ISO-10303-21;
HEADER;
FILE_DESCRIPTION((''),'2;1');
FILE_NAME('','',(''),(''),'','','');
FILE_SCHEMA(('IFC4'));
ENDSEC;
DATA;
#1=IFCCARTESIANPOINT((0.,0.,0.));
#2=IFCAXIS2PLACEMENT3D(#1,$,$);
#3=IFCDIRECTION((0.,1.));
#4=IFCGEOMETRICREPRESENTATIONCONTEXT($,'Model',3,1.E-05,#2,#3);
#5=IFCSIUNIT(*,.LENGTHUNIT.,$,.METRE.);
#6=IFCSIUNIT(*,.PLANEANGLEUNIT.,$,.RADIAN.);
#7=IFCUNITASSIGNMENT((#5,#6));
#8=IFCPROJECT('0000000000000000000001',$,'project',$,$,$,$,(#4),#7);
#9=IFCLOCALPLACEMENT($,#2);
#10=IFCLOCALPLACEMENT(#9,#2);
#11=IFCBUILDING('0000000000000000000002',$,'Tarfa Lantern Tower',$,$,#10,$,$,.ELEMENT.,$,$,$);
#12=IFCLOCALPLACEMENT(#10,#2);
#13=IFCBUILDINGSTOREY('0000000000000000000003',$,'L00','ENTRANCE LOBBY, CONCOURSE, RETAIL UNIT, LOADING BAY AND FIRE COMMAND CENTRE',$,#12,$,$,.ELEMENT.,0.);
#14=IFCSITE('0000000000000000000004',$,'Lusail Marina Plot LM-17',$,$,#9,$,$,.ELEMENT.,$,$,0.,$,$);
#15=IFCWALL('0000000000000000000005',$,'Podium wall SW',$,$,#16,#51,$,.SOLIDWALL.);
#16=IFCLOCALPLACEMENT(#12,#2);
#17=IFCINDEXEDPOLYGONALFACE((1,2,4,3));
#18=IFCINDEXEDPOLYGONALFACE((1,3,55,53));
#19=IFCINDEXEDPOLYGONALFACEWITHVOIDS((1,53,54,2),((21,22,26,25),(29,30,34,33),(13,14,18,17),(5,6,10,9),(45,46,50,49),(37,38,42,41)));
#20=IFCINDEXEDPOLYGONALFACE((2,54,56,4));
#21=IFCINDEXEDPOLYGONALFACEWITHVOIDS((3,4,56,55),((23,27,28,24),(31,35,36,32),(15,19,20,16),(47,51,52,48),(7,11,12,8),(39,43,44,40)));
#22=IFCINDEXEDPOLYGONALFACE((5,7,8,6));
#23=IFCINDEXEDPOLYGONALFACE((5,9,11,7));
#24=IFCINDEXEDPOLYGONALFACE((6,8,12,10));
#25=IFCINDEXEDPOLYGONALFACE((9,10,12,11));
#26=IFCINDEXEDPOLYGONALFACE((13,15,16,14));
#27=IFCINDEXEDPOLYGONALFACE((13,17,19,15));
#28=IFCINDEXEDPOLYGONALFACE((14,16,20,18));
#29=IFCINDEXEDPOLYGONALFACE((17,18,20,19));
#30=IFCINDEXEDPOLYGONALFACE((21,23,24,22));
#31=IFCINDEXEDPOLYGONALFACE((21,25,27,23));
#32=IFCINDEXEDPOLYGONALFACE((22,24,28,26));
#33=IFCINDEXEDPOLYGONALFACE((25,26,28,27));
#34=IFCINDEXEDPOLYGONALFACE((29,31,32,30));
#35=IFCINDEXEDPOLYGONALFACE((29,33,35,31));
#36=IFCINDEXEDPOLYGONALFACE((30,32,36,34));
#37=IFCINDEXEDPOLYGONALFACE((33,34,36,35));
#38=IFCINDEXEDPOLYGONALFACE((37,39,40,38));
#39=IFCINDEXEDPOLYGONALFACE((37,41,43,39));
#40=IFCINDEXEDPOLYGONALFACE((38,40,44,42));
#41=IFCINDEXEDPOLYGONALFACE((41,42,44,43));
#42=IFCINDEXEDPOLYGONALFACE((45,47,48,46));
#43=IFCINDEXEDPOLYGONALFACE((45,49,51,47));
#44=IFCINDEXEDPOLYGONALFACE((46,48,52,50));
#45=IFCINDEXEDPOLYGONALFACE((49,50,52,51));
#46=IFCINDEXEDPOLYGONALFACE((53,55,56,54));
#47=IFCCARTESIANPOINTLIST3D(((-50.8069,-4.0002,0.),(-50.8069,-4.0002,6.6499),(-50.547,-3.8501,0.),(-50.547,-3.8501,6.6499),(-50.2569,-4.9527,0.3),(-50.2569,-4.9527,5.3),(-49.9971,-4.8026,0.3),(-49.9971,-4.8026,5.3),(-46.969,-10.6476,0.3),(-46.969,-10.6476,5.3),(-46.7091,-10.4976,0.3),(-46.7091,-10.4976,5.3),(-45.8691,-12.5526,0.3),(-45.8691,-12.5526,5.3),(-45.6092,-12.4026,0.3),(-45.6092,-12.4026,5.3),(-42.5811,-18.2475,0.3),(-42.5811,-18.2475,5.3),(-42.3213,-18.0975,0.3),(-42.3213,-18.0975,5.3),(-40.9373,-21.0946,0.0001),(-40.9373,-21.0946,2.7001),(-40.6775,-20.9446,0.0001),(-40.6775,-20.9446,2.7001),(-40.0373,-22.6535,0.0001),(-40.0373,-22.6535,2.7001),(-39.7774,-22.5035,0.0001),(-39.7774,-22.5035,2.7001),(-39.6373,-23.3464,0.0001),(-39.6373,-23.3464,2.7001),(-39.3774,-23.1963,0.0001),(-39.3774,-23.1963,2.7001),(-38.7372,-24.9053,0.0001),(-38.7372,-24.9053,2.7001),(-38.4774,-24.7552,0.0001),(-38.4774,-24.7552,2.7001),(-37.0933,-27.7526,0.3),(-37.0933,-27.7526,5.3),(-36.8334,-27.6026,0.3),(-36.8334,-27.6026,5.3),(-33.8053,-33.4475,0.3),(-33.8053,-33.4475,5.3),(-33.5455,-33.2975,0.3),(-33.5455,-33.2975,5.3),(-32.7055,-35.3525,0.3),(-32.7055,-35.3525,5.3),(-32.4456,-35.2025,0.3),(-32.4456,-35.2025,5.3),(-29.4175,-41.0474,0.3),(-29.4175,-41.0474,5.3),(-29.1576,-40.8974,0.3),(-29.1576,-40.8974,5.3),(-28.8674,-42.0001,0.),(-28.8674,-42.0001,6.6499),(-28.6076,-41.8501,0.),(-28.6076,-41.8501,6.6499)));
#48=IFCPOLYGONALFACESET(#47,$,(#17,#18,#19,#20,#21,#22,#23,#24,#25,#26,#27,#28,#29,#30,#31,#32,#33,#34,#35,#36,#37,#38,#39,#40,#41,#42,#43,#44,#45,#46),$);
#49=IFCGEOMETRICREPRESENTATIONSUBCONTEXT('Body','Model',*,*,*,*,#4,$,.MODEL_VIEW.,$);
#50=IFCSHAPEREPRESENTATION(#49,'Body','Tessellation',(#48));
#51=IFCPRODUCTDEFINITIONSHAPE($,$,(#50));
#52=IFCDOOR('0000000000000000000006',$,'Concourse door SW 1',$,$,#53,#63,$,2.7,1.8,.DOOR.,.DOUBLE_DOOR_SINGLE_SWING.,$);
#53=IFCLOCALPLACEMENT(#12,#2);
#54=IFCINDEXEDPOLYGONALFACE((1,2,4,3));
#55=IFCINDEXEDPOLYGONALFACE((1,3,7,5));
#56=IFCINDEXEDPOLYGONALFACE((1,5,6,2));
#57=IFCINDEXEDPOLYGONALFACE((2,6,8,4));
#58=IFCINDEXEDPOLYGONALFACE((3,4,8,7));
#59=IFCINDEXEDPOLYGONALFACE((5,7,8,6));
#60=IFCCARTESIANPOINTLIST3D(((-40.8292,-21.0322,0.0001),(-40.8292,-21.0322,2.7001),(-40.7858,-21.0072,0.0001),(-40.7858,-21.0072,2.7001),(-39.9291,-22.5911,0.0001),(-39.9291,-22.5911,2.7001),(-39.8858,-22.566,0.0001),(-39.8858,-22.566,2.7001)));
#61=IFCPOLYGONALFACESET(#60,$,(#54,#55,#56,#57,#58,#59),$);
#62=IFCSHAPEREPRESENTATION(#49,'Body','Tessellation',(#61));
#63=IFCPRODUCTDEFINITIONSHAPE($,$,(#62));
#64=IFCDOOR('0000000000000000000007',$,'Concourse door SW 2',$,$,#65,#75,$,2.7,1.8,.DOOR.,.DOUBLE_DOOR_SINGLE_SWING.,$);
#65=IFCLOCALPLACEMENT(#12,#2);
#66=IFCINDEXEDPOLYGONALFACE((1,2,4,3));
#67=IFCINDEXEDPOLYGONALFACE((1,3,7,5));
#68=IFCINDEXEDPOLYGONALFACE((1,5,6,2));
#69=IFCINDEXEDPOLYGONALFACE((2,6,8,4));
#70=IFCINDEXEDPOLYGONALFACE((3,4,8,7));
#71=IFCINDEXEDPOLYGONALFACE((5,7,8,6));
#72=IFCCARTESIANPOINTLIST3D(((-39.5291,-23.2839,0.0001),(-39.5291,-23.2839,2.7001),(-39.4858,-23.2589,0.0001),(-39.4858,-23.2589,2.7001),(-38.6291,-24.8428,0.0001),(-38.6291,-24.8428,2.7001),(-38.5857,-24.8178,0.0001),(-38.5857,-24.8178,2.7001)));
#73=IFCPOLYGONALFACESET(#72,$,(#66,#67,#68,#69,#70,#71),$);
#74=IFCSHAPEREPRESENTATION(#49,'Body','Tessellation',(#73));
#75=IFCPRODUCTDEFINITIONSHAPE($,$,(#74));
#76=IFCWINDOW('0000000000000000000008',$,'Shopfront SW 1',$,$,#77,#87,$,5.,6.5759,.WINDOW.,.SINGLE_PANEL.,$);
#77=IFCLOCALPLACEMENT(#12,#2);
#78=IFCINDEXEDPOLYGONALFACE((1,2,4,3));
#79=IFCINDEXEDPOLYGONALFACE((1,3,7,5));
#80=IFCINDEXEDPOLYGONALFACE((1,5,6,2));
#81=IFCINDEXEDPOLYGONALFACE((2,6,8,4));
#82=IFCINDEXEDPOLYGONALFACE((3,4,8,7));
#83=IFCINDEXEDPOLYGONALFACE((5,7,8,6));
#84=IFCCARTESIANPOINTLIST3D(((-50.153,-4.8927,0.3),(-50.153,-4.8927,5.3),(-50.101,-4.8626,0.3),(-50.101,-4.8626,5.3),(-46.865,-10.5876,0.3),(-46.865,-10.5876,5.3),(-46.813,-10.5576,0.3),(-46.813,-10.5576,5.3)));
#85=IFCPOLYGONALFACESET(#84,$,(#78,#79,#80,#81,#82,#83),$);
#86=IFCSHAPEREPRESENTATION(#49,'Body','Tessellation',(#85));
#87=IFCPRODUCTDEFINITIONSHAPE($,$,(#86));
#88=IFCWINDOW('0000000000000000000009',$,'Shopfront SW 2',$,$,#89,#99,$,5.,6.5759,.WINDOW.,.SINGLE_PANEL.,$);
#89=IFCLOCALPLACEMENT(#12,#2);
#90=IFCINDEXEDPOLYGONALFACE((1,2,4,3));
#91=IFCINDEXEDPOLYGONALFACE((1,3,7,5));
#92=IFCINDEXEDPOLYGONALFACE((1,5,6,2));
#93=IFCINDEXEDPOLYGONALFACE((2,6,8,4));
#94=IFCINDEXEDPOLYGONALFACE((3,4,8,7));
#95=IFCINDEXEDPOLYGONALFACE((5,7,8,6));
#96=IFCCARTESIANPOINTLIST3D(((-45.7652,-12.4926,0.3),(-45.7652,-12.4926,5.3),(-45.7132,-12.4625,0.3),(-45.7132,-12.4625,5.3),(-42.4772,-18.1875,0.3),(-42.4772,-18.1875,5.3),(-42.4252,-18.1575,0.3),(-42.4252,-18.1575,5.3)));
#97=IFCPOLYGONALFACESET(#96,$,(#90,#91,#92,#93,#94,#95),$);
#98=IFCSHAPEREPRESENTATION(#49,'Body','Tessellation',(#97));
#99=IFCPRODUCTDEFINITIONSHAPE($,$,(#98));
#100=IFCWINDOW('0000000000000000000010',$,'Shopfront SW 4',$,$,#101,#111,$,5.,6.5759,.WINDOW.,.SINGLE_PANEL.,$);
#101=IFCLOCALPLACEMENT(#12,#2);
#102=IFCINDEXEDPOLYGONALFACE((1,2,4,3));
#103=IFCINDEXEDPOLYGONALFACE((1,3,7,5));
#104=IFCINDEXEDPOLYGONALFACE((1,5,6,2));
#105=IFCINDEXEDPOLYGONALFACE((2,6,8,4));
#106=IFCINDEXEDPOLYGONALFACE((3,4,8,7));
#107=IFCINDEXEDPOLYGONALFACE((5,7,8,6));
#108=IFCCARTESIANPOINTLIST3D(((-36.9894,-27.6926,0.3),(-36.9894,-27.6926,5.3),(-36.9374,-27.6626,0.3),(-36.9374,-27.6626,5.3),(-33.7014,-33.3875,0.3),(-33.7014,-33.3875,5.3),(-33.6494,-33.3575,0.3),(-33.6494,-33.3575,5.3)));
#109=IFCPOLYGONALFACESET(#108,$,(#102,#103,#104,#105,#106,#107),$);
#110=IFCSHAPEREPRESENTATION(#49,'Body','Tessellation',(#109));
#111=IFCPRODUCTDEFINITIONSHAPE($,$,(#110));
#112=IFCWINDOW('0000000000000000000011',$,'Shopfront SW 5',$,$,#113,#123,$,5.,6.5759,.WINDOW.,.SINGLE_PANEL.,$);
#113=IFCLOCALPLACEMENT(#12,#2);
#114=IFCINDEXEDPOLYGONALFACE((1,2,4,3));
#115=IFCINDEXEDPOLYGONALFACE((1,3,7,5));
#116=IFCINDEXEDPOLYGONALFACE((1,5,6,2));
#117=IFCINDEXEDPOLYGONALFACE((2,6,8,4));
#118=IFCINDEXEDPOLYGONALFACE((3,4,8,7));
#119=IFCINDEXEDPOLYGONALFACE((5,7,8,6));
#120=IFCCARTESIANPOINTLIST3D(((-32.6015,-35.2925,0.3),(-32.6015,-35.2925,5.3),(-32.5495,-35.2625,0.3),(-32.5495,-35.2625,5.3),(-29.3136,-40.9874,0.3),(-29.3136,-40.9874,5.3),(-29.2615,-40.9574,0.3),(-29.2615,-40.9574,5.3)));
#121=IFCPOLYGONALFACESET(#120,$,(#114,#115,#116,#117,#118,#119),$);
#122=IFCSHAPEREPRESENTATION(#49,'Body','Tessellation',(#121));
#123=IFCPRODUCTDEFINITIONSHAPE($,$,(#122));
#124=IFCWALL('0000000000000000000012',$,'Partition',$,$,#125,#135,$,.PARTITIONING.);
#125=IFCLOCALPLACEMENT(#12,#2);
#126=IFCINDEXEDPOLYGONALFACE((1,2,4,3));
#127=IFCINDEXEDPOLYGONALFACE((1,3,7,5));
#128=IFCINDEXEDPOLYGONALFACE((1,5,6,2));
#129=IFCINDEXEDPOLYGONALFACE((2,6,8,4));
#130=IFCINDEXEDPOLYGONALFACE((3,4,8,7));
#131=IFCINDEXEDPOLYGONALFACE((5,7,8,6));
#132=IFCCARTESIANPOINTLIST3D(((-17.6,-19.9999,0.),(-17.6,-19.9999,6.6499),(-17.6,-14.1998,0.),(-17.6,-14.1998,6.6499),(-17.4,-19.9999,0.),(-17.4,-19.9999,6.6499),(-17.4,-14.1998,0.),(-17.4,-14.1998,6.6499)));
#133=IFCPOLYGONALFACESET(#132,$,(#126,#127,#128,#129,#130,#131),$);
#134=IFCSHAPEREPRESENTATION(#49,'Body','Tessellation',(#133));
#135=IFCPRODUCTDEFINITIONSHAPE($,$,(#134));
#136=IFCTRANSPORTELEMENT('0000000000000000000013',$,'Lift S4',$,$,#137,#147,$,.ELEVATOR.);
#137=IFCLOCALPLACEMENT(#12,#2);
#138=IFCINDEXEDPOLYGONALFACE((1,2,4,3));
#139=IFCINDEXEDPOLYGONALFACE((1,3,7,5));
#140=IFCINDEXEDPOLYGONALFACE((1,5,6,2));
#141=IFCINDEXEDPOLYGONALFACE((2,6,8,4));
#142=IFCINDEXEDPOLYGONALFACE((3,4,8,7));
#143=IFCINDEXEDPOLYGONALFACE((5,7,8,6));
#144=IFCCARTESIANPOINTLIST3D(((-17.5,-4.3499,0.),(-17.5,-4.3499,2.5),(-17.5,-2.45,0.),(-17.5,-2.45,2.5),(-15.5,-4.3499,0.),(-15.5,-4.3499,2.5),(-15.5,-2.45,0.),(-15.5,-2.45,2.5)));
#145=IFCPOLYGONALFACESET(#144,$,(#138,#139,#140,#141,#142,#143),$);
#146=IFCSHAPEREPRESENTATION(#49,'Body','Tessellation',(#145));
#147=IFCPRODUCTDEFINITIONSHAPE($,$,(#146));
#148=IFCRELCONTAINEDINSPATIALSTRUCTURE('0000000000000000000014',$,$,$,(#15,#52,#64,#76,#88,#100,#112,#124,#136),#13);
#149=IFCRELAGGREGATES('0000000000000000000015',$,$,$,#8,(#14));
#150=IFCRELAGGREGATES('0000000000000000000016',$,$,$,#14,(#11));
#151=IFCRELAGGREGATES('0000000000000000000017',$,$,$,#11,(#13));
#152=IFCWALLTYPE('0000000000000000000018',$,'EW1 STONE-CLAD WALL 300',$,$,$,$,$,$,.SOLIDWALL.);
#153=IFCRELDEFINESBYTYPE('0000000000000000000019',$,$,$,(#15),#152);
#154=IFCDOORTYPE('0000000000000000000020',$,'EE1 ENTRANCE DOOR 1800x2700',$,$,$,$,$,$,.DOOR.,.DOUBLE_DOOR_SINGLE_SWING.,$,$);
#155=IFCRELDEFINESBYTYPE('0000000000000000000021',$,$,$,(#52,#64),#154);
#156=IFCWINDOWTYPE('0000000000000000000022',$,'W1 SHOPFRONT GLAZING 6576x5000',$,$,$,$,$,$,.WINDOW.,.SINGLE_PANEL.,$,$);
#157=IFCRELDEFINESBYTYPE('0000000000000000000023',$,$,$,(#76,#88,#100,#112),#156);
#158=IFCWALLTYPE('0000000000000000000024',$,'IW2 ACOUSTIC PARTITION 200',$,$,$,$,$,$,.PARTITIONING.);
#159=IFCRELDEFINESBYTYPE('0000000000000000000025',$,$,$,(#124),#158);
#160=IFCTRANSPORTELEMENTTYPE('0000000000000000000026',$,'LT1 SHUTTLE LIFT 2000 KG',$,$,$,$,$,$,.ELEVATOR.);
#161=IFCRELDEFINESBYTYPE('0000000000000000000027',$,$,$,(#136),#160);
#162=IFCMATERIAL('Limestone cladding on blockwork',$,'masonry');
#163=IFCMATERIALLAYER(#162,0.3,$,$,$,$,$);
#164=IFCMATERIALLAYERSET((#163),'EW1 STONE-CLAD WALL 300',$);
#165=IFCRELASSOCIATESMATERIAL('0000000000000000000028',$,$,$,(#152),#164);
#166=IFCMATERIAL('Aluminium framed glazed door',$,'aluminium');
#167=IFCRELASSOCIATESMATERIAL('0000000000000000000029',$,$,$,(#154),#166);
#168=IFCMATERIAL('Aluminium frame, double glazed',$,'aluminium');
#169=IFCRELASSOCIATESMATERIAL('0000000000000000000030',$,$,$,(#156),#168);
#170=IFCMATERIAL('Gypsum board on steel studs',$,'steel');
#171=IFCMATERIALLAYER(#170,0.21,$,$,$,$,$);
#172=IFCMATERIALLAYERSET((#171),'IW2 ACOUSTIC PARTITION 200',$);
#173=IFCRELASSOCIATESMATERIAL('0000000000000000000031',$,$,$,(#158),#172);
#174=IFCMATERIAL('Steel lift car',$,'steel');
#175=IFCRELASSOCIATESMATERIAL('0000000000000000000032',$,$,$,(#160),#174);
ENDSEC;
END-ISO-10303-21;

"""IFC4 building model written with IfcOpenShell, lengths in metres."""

from ifc_helpers import new_model, si_unit, direction, frame, frame_2d, origin, origin_2d, place, context, subcontext, project, spatial, rectangle, extrude, material, layer, layer_set, type_object, element, fill, save


model = new_model("IFC4")

# Units and contexts
model_context = context("Model", 3, precision=1e-05, world=origin(), true_north=direction((0.0, 1.0)))
body_context = subcontext(model_context, "Body", "Model", "MODEL_VIEW")
ifc_project = project(units=[si_unit("LENGTHUNIT", "METRE"), si_unit("PLANEANGLEUNIT", "RADIAN")], contexts=[model_context])

# Site, building, storey
site_placement = place(None, origin())
site = spatial("IfcSite", under=ifc_project, at=site_placement, Name="Lusail Marina Plot LM-17", CompositionType="ELEMENT", RefElevation=0.0)
building_placement = place(site_placement, origin())
building = spatial("IfcBuilding", under=site, at=building_placement, Name="Tarfa Lantern Tower", CompositionType="ELEMENT")
storey_placement = place(building_placement, origin())
storey = spatial("IfcBuildingStorey", under=building, at=storey_placement, Name="L00", Description="ENTRANCE LOBBY, CONCOURSE, RETAIL UNIT, LOADING BAY AND FIRE COMMAND CENTRE", CompositionType="ELEMENT", Elevation=0.0)

# Wall, openings, doors, windows
ifc_material_1 = material(Name="Limestone cladding on blockwork", Category="masonry")
ifc_layer_1 = layer(ifc_material_1, 0.3)
ifc_layer_set_1 = layer_set([ifc_layer_1], Name="EW1 STONE-CLAD WALL 300")
wall_type_1 = type_object("IfcWallType", Name="EW1 STONE-CLAD WALL 300", PredefinedType="SOLIDWALL", material=ifc_layer_set_1)
wall_1_placement = place(storey_placement, frame((-50.677, -3.925, 0.0), z_axis=(0.0, 0.0, 1.0), x_axis=(0.500002, -0.866024, 0.0)))
wall_1 = element("IfcWall", 1, at=wall_1_placement, inside=storey, type_object=wall_type_1, Name="Podium wall SW", PredefinedType="SOLIDWALL", context=body_context, shape_type="SweptSolid", body=[
    extrude(rectangle(XDim=43.8787, YDim=0.3, at=frame_2d((21.9395, 0.0))), origin(), (0.0, 0.0, 1.0), 6.6499),
])
opening_1_placement = place(wall_1_placement, frame((1.0999, 0.0, 0.3)))
opening_1 = element("IfcOpeningElement", 2, at=opening_1_placement, cuts=wall_1, PredefinedType="OPENING", context=body_context, shape_type="SweptSolid", body=[
    extrude(rectangle(XDim=6.5759, YDim=5.0, at=frame_2d((3.2881, 2.5))), frame((0.0, 0.1599, 0.0), z_axis=(0.0, -1.0, 0.0), x_axis=(1.0, 0.0, 0.0)), (0.0, 0.0, 1.0), 0.3201),
])
opening_2_placement = place(wall_1_placement, frame((9.8755, 0.0, 0.3)))
opening_2 = element("IfcOpeningElement", 3, at=opening_2_placement, cuts=wall_1, PredefinedType="OPENING", context=body_context, shape_type="SweptSolid", body=[
    extrude(rectangle(XDim=6.5759, YDim=5.0, at=frame_2d((3.2881, 2.5))), frame((0.0, 0.1599, 0.0), z_axis=(0.0, -1.0, 0.0), x_axis=(1.0, 0.0, 0.0)), (0.0, 0.0, 1.0), 0.3201),
])
opening_3_placement = place(wall_1_placement, frame((19.7393, 0.0, 0.0)))
opening_3 = element("IfcOpeningElement", 4, at=opening_3_placement, cuts=wall_1, PredefinedType="OPENING", context=body_context, shape_type="SweptSolid", body=[
    extrude(rectangle(XDim=1.8, YDim=2.7, at=frame_2d((0.8999, 1.3501))), frame((0.0, 0.1599, 0.0), z_axis=(0.0, -1.0, 0.0), x_axis=(1.0, 0.0, 0.0)), (0.0, 0.0, 1.0), 0.3201),
])
opening_4_placement = place(wall_1_placement, frame((22.3394, 0.0, 0.0)))
opening_4 = element("IfcOpeningElement", 5, at=opening_4_placement, cuts=wall_1, PredefinedType="OPENING", context=body_context, shape_type="SweptSolid", body=[
    extrude(rectangle(XDim=1.8, YDim=2.7, at=frame_2d((0.8999, 1.3501))), frame((0.0, 0.1599, 0.0), z_axis=(0.0, -1.0, 0.0), x_axis=(1.0, 0.0, 0.0)), (0.0, 0.0, 1.0), 0.3201),
])
opening_5_placement = place(wall_1_placement, frame((27.427, 0.0, 0.3)))
opening_5 = element("IfcOpeningElement", 6, at=opening_5_placement, cuts=wall_1, PredefinedType="OPENING", context=body_context, shape_type="SweptSolid", body=[
    extrude(rectangle(XDim=6.5759, YDim=5.0, at=frame_2d((3.2881, 2.5))), frame((0.0, 0.1599, 0.0), z_axis=(0.0, -1.0, 0.0), x_axis=(1.0, 0.0, 0.0)), (0.0, 0.0, 1.0), 0.3201),
])
opening_6_placement = place(wall_1_placement, frame((36.2026, 0.0, 0.3)))
opening_6 = element("IfcOpeningElement", 7, at=opening_6_placement, cuts=wall_1, PredefinedType="OPENING", context=body_context, shape_type="SweptSolid", body=[
    extrude(rectangle(XDim=6.5759, YDim=5.0, at=frame_2d((3.2881, 2.5))), frame((0.0, 0.1599, 0.0), z_axis=(0.0, -1.0, 0.0), x_axis=(1.0, 0.0, 0.0)), (0.0, 0.0, 1.0), 0.3201),
])
ifc_material_2 = material(Name="Aluminium framed glazed door", Category="aluminium")
door_type = type_object("IfcDoorType", Name="EE1 ENTRANCE DOOR 1800x2700", OperationType="DOUBLE_DOOR_SINGLE_SWING", PredefinedType="DOOR", material=ifc_material_2)
door_1_placement = place(opening_3_placement, origin())
door_1 = element("IfcDoor", 8, at=door_1_placement, inside=storey, type_object=door_type, Name="Concourse door SW 1", OperationType="DOUBLE_DOOR_SINGLE_SWING", OverallHeight=2.7, OverallWidth=1.8, PredefinedType="DOOR", context=body_context, shape_type="SweptSolid", body=[
    extrude(rectangle(XDim=1.8, YDim=2.7, at=frame_2d((0.8999, 1.3501))), frame((0.0, 0.0249, 0.0), z_axis=(0.0, -1.0, 0.0), x_axis=(1.0, 0.0, 0.0)), (0.0, 0.0, 1.0), 0.05),
])
fill(opening_3, door_1)
door_2_placement = place(opening_4_placement, origin())
door_2 = element("IfcDoor", 9, at=door_2_placement, inside=storey, type_object=door_type, Name="Concourse door SW 2", OperationType="DOUBLE_DOOR_SINGLE_SWING", OverallHeight=2.7, OverallWidth=1.8, PredefinedType="DOOR", context=body_context, shape_type="SweptSolid", body=[
    extrude(rectangle(XDim=1.8, YDim=2.7, at=frame_2d((0.8999, 1.3501))), frame((0.0, 0.0249, 0.0), z_axis=(0.0, -1.0, 0.0), x_axis=(1.0, 0.0, 0.0)), (0.0, 0.0, 1.0), 0.05),
])
fill(opening_4, door_2)
ifc_material_3 = material(Name="Aluminium frame, double glazed", Category="aluminium")
window_type = type_object("IfcWindowType", Name="W1 SHOPFRONT GLAZING 6576x5000", PartitioningType="SINGLE_PANEL", PredefinedType="WINDOW", material=ifc_material_3)
window_1_placement = place(opening_1_placement, origin())
window_1 = element("IfcWindow", 10, at=window_1_placement, inside=storey, type_object=window_type, Name="Shopfront SW 1", OverallHeight=5.0, OverallWidth=6.5759, PartitioningType="SINGLE_PANEL", PredefinedType="WINDOW", context=body_context, shape_type="SweptSolid", body=[
    extrude(rectangle(XDim=6.5759, YDim=5.0, at=frame_2d((3.2881, 2.5))), frame((0.0, 0.03, 0.0), z_axis=(0.0, -1.0, 0.0), x_axis=(1.0, 0.0, 0.0)), (0.0, 0.0, 1.0), 0.0601),
])
fill(opening_1, window_1)
window_2_placement = place(opening_2_placement, origin())
window_2 = element("IfcWindow", 11, at=window_2_placement, inside=storey, type_object=window_type, Name="Shopfront SW 2", OverallHeight=5.0, OverallWidth=6.5759, PartitioningType="SINGLE_PANEL", PredefinedType="WINDOW", context=body_context, shape_type="SweptSolid", body=[
    extrude(rectangle(XDim=6.5759, YDim=5.0, at=frame_2d((3.2881, 2.5))), frame((0.0, 0.03, 0.0), z_axis=(0.0, -1.0, 0.0), x_axis=(1.0, 0.0, 0.0)), (0.0, 0.0, 1.0), 0.0601),
])
fill(opening_2, window_2)
window_3_placement = place(opening_5_placement, origin())
window_3 = element("IfcWindow", 12, at=window_3_placement, inside=storey, type_object=window_type, Name="Shopfront SW 4", OverallHeight=5.0, OverallWidth=6.5759, PartitioningType="SINGLE_PANEL", PredefinedType="WINDOW", context=body_context, shape_type="SweptSolid", body=[
    extrude(rectangle(XDim=6.5759, YDim=5.0, at=frame_2d((3.2881, 2.5))), frame((0.0, 0.03, 0.0), z_axis=(0.0, -1.0, 0.0), x_axis=(1.0, 0.0, 0.0)), (0.0, 0.0, 1.0), 0.0601),
])
fill(opening_5, window_3)
window_4_placement = place(opening_6_placement, origin())
window_4 = element("IfcWindow", 13, at=window_4_placement, inside=storey, type_object=window_type, Name="Shopfront SW 5", OverallHeight=5.0, OverallWidth=6.5759, PartitioningType="SINGLE_PANEL", PredefinedType="WINDOW", context=body_context, shape_type="SweptSolid", body=[
    extrude(rectangle(XDim=6.5759, YDim=5.0, at=frame_2d((3.2881, 2.5))), frame((0.0, 0.03, 0.0), z_axis=(0.0, -1.0, 0.0), x_axis=(1.0, 0.0, 0.0)), (0.0, 0.0, 1.0), 0.0601),
])
fill(opening_6, window_4)

# Wall
ifc_material_4 = material(Name="Gypsum board on steel studs", Category="steel")
ifc_layer_2 = layer(ifc_material_4, 0.21)
ifc_layer_set_2 = layer_set([ifc_layer_2], Name="IW2 ACOUSTIC PARTITION 200")
wall_type_2 = type_object("IfcWallType", Name="IW2 ACOUSTIC PARTITION 200", PredefinedType="PARTITIONING", material=ifc_layer_set_2)
wall_2_placement = place(storey_placement, frame((-17.5, -14.2, 0.0), z_axis=(0.0, 0.0, 1.0), x_axis=(0.0, -1.0, 0.0)))
element("IfcWall", 14, at=wall_2_placement, inside=storey, type_object=wall_type_2, Name="Partition", PredefinedType="PARTITIONING", context=body_context, shape_type="SweptSolid", body=[
    extrude(rectangle(XDim=5.8, YDim=0.2, at=frame_2d((2.8999, 0.0))), origin(), (0.0, 0.0, 1.0), 6.6499),
])

# Transport element
ifc_material_5 = material(Name="Steel lift car", Category="steel")
transport_element_type = type_object("IfcTransportElementType", Name="LT1 SHUTTLE LIFT 2000 KG", PredefinedType="ELEVATOR", material=ifc_material_5)
transport_element_placement = place(storey_placement, frame((-16.5, -3.3999, 0.0), z_axis=(0.0, 0.0, 1.0), x_axis=(1.0, 0.0, 0.0)))
element("IfcTransportElement", 15, at=transport_element_placement, inside=storey, type_object=transport_element_type, Name="Lift S4", PredefinedType="ELEVATOR", context=body_context, shape_type="SweptSolid", body=[
    extrude(rectangle(XDim=2.0, YDim=1.8999, at=origin_2d()), origin(), (0.0, 0.0, 1.0), 2.5),
])

save(model, "model.ifc")
